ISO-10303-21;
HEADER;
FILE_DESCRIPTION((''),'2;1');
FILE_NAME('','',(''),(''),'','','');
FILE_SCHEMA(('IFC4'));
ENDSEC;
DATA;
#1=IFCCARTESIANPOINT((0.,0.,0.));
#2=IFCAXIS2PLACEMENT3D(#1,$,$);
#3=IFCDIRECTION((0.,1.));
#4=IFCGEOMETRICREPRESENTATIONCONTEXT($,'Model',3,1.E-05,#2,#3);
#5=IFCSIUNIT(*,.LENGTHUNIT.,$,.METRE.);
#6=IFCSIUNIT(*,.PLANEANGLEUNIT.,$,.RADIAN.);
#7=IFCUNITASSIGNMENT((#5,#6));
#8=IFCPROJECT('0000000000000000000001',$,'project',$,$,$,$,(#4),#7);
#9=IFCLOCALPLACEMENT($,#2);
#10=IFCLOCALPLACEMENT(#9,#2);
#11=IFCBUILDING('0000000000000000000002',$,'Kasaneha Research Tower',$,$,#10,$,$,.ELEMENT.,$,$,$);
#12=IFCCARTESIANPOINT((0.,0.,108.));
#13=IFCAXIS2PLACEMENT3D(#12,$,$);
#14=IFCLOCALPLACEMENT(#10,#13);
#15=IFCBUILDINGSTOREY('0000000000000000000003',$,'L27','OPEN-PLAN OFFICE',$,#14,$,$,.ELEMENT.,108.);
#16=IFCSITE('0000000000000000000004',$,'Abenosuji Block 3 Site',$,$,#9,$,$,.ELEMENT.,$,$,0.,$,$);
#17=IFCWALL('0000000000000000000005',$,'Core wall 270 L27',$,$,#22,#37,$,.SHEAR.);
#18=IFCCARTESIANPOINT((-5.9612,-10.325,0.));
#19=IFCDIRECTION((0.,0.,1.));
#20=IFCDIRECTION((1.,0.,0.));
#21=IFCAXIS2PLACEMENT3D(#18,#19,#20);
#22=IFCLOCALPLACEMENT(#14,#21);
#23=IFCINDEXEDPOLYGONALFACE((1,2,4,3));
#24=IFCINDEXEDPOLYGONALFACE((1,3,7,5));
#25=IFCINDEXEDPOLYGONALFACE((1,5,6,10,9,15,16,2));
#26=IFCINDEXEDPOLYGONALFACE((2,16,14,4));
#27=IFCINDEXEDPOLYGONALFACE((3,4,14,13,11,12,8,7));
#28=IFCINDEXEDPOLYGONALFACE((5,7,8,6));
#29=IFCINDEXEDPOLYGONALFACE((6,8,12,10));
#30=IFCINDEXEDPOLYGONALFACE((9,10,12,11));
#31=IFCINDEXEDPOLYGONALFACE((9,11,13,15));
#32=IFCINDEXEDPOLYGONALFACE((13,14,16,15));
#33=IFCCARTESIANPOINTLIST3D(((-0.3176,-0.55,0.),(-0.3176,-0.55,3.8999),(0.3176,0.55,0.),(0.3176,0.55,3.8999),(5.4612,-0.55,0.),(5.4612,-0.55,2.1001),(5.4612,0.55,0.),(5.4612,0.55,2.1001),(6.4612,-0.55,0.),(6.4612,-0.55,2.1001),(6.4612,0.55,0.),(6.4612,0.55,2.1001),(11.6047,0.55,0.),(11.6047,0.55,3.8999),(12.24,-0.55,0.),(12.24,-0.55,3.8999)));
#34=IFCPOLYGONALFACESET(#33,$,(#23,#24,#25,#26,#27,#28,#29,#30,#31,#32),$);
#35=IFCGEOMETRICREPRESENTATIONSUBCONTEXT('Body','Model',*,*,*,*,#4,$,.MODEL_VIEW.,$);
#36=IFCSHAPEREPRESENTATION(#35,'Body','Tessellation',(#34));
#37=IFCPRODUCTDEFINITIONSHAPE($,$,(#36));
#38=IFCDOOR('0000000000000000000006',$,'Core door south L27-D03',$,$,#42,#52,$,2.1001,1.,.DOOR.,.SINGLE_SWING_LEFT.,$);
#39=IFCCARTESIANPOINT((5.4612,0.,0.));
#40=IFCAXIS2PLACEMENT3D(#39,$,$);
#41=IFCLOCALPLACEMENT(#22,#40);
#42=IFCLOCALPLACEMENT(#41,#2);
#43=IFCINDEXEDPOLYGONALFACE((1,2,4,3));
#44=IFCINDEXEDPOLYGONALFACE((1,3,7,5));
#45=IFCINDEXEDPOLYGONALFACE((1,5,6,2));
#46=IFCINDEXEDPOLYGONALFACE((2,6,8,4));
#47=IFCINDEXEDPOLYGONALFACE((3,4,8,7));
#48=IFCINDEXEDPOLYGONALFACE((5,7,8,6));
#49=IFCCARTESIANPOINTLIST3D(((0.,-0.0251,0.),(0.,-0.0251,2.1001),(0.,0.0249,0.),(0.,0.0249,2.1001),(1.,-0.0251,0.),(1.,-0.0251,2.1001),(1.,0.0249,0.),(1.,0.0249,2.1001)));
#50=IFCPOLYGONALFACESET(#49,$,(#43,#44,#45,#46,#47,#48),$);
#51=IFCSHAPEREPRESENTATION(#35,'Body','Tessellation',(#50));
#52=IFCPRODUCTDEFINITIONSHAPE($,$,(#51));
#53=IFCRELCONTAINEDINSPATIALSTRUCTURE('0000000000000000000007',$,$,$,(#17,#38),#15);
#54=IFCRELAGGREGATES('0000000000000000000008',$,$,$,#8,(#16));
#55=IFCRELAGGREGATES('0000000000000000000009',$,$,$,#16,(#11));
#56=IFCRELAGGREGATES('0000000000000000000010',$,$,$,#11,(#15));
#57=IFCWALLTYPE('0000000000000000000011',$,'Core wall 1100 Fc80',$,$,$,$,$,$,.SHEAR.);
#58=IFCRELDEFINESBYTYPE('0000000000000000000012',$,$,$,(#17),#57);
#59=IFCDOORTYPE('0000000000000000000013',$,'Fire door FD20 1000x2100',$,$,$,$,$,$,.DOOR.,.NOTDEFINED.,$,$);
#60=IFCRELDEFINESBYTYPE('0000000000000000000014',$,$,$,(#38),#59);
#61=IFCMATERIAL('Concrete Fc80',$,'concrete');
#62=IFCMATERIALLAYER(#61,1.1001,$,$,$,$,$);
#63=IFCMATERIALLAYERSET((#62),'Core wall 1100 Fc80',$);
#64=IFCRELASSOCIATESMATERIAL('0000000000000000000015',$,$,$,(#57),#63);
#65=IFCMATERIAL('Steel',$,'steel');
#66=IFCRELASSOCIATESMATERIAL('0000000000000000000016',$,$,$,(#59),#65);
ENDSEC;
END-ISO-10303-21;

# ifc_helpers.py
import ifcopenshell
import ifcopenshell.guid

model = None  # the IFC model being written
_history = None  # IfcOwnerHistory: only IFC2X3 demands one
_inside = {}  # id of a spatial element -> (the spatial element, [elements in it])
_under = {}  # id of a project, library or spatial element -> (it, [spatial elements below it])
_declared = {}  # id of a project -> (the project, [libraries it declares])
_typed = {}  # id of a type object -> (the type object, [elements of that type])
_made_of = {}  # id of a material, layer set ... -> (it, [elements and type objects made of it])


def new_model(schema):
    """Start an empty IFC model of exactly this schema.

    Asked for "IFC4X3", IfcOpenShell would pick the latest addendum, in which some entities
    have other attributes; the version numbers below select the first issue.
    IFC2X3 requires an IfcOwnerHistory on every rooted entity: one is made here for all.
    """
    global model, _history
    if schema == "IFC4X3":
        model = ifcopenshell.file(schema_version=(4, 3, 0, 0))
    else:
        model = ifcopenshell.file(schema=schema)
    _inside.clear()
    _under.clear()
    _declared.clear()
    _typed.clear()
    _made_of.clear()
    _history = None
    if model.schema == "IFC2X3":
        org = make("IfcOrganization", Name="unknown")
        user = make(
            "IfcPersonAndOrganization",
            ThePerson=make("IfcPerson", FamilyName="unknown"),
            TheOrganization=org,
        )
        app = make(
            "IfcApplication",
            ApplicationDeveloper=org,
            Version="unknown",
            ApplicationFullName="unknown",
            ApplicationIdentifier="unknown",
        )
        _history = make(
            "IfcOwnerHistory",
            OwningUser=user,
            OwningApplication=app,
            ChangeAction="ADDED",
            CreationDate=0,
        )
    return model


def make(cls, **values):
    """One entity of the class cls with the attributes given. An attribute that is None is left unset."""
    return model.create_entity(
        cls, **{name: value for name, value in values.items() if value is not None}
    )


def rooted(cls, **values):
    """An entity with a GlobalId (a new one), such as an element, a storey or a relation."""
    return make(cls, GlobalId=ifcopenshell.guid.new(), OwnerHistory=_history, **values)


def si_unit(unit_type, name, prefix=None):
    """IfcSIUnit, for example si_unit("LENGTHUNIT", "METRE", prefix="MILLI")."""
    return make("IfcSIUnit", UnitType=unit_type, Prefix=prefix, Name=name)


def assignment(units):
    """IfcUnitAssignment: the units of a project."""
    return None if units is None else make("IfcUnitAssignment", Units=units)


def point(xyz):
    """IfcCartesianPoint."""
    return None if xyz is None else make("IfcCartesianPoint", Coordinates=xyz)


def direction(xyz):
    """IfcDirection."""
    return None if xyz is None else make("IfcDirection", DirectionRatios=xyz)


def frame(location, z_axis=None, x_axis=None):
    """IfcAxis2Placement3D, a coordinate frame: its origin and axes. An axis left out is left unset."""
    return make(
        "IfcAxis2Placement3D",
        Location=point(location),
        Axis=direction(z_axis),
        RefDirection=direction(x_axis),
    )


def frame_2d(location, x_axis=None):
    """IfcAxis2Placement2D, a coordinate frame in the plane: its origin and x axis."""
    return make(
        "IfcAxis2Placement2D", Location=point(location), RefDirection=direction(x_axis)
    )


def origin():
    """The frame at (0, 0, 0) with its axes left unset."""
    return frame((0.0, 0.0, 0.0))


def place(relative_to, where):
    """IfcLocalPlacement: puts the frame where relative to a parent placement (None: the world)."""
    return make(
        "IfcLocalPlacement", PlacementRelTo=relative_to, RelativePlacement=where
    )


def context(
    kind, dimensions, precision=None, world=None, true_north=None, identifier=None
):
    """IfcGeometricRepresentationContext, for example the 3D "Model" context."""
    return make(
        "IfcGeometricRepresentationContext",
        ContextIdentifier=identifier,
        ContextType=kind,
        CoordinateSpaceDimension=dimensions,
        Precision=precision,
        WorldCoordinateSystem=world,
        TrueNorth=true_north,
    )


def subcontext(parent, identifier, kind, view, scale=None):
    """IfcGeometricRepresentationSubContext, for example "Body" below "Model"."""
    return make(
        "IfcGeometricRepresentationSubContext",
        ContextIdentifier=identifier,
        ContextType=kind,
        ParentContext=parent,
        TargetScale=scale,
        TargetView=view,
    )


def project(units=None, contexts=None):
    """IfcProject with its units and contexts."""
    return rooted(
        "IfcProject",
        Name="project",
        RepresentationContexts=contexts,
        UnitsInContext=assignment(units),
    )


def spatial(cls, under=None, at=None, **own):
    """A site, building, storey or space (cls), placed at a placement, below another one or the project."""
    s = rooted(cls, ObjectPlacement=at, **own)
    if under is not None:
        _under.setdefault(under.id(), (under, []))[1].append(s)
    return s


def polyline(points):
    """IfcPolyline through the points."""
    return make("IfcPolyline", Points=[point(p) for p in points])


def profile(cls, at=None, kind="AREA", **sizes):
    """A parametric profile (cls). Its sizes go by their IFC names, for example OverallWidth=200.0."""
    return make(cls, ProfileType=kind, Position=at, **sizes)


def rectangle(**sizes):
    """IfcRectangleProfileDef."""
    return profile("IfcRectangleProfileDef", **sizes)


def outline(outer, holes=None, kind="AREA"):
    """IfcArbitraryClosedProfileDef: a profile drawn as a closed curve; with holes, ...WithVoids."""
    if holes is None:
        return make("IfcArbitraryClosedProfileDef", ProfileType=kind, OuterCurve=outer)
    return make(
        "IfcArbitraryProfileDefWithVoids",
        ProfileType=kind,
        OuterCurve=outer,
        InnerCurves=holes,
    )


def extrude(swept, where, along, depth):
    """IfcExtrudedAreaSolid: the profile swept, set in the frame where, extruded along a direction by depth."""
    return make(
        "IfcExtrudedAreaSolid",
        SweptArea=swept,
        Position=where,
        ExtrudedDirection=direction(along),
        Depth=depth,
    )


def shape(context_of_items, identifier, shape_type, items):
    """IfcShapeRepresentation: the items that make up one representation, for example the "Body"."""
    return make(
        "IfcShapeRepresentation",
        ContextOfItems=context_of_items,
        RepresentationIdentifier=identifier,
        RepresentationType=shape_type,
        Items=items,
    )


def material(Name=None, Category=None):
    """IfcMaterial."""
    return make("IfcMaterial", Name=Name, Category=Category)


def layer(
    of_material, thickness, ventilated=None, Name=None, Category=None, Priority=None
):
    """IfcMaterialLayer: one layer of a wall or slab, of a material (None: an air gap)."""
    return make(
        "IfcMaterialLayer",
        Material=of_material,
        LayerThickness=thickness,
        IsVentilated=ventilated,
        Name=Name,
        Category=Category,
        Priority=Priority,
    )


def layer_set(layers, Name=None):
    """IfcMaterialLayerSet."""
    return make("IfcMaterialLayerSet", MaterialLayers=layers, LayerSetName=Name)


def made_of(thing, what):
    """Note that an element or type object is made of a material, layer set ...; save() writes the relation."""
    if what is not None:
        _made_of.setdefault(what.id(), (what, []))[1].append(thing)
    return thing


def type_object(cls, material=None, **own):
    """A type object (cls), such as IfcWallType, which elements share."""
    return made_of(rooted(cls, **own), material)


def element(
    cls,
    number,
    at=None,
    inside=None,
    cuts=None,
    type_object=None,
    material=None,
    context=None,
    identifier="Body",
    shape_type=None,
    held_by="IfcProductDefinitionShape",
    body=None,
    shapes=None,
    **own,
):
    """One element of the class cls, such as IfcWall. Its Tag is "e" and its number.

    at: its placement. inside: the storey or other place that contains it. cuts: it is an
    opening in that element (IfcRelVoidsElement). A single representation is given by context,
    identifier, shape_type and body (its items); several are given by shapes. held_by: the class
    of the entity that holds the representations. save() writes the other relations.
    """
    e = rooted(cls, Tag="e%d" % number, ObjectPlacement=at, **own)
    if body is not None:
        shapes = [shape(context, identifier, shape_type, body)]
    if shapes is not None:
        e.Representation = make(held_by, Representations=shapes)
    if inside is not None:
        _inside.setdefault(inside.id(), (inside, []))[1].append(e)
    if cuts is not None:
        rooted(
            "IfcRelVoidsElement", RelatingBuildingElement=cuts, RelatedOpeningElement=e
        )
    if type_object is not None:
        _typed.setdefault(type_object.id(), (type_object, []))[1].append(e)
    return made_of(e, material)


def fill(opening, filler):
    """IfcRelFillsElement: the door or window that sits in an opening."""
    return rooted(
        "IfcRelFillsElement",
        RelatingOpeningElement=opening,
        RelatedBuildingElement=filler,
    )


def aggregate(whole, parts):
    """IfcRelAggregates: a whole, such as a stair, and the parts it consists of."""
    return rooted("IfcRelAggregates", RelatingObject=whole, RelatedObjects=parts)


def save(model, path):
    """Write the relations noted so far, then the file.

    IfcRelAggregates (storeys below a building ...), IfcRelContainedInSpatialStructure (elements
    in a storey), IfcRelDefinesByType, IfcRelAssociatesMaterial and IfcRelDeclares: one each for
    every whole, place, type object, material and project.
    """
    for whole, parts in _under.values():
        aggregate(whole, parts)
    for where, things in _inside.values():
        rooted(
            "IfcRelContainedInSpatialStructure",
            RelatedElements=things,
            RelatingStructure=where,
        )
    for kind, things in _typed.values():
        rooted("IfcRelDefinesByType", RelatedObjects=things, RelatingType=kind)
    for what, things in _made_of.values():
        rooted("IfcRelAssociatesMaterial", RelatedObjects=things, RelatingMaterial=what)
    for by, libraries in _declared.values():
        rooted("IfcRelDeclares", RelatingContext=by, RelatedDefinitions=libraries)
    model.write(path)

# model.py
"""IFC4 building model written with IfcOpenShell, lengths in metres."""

from ifc_helpers import new_model, si_unit, direction, frame, frame_2d, origin, place, context, subcontext, project, spatial, polyline, rectangle, outline, extrude, material, layer, layer_set, type_object, element, fill, save


model = new_model("IFC4")

# Units and contexts
model_context = context("Model", 3, precision=1e-05, world=origin(), true_north=direction((0.0, 1.0)))
body_context = subcontext(model_context, "Body", "Model", "MODEL_VIEW")
ifc_project = project(units=[si_unit("LENGTHUNIT", "METRE"), si_unit("PLANEANGLEUNIT", "RADIAN")], contexts=[model_context])

# Site, building, storey
site_placement = place(None, origin())
site = spatial("IfcSite", under=ifc_project, at=site_placement, Name="Abenosuji Block 3 Site", CompositionType="ELEMENT", RefElevation=0.0)
building_placement = place(site_placement, origin())
building = spatial("IfcBuilding", under=site, at=building_placement, Name="Kasaneha Research Tower", CompositionType="ELEMENT")
storey_placement = place(building_placement, frame((0.0, 0.0, 108.0)))
storey = spatial("IfcBuildingStorey", under=building, at=storey_placement, Name="L27", Description="OPEN-PLAN OFFICE", CompositionType="ELEMENT", Elevation=108.0)

# Wall, opening, door
ifc_material_1 = material(Name="Concrete Fc80", Category="concrete")
ifc_layer_1 = layer(ifc_material_1, 1.1001)
ifc_layer_set_1 = layer_set([ifc_layer_1], Name="Core wall 1100 Fc80")
wall_type_1 = type_object("IfcWallType", Name="Core wall 1100 Fc80", PredefinedType="SHEAR", material=ifc_layer_set_1)
wall_1_placement = place(storey_placement, frame((-5.9612, -10.325, 0.0), z_axis=(0.0, 0.0, 1.0), x_axis=(1.0, 0.0, 0.0)))
wall_1 = element("IfcWall", 1, at=wall_1_placement, inside=storey, type_object=wall_type_1, Name="Core wall 270 L27", PredefinedType="SHEAR", context=body_context, shape_type="SweptSolid", body=[
    extrude(outline(polyline([(-0.3176, -0.55), (5.4612, -0.55), (6.4612, -0.55), (12.24, -0.55), (11.6047, 0.55), (6.4612, 0.55), (5.4612, 0.55), (0.3176, 0.55), (-0.3176, -0.55)])), origin(), (0.0, 0.0, 1.0), 3.8999),
])
opening_1_placement = place(wall_1_placement, frame((5.4612, 0.0, 0.0)))
opening_1 = element("IfcOpeningElement", 2, at=opening_1_placement, cuts=wall_1, PredefinedType="OPENING", context=body_context, shape_type="SweptSolid", body=[
    extrude(rectangle(XDim=1.0, YDim=2.1001, at=frame_2d((0.5, 1.05))), frame((0.0, 0.5601, 0.0), z_axis=(0.0, -1.0, 0.0), x_axis=(1.0, 0.0, 0.0)), (0.0, 0.0, 1.0), 1.1201),
])
ifc_material_2 = material(Name="Steel", Category="steel")
door_type_1 = type_object("IfcDoorType", Name="Fire door FD20 1000x2100", OperationType="NOTDEFINED", PredefinedType="DOOR", material=ifc_material_2)
door_1_placement = place(opening_1_placement, origin())
door_1 = element("IfcDoor", 3, at=door_1_placement, inside=storey, type_object=door_type_1, Name="Core door south L27-D03", OperationType="SINGLE_SWING_LEFT", OverallHeight=2.1001, OverallWidth=1.0, PredefinedType="DOOR", context=body_context, shape_type="SweptSolid", body=[
    extrude(rectangle(XDim=1.0, YDim=2.1001, at=frame_2d((0.5, 1.05))), frame((0.0, 0.0249, 0.0), z_axis=(0.0, -1.0, 0.0), x_axis=(1.0, 0.0, 0.0)), (0.0, 0.0, 1.0), 0.05),
])
fill(opening_1, door_1)

save(model, "model.ifc")
